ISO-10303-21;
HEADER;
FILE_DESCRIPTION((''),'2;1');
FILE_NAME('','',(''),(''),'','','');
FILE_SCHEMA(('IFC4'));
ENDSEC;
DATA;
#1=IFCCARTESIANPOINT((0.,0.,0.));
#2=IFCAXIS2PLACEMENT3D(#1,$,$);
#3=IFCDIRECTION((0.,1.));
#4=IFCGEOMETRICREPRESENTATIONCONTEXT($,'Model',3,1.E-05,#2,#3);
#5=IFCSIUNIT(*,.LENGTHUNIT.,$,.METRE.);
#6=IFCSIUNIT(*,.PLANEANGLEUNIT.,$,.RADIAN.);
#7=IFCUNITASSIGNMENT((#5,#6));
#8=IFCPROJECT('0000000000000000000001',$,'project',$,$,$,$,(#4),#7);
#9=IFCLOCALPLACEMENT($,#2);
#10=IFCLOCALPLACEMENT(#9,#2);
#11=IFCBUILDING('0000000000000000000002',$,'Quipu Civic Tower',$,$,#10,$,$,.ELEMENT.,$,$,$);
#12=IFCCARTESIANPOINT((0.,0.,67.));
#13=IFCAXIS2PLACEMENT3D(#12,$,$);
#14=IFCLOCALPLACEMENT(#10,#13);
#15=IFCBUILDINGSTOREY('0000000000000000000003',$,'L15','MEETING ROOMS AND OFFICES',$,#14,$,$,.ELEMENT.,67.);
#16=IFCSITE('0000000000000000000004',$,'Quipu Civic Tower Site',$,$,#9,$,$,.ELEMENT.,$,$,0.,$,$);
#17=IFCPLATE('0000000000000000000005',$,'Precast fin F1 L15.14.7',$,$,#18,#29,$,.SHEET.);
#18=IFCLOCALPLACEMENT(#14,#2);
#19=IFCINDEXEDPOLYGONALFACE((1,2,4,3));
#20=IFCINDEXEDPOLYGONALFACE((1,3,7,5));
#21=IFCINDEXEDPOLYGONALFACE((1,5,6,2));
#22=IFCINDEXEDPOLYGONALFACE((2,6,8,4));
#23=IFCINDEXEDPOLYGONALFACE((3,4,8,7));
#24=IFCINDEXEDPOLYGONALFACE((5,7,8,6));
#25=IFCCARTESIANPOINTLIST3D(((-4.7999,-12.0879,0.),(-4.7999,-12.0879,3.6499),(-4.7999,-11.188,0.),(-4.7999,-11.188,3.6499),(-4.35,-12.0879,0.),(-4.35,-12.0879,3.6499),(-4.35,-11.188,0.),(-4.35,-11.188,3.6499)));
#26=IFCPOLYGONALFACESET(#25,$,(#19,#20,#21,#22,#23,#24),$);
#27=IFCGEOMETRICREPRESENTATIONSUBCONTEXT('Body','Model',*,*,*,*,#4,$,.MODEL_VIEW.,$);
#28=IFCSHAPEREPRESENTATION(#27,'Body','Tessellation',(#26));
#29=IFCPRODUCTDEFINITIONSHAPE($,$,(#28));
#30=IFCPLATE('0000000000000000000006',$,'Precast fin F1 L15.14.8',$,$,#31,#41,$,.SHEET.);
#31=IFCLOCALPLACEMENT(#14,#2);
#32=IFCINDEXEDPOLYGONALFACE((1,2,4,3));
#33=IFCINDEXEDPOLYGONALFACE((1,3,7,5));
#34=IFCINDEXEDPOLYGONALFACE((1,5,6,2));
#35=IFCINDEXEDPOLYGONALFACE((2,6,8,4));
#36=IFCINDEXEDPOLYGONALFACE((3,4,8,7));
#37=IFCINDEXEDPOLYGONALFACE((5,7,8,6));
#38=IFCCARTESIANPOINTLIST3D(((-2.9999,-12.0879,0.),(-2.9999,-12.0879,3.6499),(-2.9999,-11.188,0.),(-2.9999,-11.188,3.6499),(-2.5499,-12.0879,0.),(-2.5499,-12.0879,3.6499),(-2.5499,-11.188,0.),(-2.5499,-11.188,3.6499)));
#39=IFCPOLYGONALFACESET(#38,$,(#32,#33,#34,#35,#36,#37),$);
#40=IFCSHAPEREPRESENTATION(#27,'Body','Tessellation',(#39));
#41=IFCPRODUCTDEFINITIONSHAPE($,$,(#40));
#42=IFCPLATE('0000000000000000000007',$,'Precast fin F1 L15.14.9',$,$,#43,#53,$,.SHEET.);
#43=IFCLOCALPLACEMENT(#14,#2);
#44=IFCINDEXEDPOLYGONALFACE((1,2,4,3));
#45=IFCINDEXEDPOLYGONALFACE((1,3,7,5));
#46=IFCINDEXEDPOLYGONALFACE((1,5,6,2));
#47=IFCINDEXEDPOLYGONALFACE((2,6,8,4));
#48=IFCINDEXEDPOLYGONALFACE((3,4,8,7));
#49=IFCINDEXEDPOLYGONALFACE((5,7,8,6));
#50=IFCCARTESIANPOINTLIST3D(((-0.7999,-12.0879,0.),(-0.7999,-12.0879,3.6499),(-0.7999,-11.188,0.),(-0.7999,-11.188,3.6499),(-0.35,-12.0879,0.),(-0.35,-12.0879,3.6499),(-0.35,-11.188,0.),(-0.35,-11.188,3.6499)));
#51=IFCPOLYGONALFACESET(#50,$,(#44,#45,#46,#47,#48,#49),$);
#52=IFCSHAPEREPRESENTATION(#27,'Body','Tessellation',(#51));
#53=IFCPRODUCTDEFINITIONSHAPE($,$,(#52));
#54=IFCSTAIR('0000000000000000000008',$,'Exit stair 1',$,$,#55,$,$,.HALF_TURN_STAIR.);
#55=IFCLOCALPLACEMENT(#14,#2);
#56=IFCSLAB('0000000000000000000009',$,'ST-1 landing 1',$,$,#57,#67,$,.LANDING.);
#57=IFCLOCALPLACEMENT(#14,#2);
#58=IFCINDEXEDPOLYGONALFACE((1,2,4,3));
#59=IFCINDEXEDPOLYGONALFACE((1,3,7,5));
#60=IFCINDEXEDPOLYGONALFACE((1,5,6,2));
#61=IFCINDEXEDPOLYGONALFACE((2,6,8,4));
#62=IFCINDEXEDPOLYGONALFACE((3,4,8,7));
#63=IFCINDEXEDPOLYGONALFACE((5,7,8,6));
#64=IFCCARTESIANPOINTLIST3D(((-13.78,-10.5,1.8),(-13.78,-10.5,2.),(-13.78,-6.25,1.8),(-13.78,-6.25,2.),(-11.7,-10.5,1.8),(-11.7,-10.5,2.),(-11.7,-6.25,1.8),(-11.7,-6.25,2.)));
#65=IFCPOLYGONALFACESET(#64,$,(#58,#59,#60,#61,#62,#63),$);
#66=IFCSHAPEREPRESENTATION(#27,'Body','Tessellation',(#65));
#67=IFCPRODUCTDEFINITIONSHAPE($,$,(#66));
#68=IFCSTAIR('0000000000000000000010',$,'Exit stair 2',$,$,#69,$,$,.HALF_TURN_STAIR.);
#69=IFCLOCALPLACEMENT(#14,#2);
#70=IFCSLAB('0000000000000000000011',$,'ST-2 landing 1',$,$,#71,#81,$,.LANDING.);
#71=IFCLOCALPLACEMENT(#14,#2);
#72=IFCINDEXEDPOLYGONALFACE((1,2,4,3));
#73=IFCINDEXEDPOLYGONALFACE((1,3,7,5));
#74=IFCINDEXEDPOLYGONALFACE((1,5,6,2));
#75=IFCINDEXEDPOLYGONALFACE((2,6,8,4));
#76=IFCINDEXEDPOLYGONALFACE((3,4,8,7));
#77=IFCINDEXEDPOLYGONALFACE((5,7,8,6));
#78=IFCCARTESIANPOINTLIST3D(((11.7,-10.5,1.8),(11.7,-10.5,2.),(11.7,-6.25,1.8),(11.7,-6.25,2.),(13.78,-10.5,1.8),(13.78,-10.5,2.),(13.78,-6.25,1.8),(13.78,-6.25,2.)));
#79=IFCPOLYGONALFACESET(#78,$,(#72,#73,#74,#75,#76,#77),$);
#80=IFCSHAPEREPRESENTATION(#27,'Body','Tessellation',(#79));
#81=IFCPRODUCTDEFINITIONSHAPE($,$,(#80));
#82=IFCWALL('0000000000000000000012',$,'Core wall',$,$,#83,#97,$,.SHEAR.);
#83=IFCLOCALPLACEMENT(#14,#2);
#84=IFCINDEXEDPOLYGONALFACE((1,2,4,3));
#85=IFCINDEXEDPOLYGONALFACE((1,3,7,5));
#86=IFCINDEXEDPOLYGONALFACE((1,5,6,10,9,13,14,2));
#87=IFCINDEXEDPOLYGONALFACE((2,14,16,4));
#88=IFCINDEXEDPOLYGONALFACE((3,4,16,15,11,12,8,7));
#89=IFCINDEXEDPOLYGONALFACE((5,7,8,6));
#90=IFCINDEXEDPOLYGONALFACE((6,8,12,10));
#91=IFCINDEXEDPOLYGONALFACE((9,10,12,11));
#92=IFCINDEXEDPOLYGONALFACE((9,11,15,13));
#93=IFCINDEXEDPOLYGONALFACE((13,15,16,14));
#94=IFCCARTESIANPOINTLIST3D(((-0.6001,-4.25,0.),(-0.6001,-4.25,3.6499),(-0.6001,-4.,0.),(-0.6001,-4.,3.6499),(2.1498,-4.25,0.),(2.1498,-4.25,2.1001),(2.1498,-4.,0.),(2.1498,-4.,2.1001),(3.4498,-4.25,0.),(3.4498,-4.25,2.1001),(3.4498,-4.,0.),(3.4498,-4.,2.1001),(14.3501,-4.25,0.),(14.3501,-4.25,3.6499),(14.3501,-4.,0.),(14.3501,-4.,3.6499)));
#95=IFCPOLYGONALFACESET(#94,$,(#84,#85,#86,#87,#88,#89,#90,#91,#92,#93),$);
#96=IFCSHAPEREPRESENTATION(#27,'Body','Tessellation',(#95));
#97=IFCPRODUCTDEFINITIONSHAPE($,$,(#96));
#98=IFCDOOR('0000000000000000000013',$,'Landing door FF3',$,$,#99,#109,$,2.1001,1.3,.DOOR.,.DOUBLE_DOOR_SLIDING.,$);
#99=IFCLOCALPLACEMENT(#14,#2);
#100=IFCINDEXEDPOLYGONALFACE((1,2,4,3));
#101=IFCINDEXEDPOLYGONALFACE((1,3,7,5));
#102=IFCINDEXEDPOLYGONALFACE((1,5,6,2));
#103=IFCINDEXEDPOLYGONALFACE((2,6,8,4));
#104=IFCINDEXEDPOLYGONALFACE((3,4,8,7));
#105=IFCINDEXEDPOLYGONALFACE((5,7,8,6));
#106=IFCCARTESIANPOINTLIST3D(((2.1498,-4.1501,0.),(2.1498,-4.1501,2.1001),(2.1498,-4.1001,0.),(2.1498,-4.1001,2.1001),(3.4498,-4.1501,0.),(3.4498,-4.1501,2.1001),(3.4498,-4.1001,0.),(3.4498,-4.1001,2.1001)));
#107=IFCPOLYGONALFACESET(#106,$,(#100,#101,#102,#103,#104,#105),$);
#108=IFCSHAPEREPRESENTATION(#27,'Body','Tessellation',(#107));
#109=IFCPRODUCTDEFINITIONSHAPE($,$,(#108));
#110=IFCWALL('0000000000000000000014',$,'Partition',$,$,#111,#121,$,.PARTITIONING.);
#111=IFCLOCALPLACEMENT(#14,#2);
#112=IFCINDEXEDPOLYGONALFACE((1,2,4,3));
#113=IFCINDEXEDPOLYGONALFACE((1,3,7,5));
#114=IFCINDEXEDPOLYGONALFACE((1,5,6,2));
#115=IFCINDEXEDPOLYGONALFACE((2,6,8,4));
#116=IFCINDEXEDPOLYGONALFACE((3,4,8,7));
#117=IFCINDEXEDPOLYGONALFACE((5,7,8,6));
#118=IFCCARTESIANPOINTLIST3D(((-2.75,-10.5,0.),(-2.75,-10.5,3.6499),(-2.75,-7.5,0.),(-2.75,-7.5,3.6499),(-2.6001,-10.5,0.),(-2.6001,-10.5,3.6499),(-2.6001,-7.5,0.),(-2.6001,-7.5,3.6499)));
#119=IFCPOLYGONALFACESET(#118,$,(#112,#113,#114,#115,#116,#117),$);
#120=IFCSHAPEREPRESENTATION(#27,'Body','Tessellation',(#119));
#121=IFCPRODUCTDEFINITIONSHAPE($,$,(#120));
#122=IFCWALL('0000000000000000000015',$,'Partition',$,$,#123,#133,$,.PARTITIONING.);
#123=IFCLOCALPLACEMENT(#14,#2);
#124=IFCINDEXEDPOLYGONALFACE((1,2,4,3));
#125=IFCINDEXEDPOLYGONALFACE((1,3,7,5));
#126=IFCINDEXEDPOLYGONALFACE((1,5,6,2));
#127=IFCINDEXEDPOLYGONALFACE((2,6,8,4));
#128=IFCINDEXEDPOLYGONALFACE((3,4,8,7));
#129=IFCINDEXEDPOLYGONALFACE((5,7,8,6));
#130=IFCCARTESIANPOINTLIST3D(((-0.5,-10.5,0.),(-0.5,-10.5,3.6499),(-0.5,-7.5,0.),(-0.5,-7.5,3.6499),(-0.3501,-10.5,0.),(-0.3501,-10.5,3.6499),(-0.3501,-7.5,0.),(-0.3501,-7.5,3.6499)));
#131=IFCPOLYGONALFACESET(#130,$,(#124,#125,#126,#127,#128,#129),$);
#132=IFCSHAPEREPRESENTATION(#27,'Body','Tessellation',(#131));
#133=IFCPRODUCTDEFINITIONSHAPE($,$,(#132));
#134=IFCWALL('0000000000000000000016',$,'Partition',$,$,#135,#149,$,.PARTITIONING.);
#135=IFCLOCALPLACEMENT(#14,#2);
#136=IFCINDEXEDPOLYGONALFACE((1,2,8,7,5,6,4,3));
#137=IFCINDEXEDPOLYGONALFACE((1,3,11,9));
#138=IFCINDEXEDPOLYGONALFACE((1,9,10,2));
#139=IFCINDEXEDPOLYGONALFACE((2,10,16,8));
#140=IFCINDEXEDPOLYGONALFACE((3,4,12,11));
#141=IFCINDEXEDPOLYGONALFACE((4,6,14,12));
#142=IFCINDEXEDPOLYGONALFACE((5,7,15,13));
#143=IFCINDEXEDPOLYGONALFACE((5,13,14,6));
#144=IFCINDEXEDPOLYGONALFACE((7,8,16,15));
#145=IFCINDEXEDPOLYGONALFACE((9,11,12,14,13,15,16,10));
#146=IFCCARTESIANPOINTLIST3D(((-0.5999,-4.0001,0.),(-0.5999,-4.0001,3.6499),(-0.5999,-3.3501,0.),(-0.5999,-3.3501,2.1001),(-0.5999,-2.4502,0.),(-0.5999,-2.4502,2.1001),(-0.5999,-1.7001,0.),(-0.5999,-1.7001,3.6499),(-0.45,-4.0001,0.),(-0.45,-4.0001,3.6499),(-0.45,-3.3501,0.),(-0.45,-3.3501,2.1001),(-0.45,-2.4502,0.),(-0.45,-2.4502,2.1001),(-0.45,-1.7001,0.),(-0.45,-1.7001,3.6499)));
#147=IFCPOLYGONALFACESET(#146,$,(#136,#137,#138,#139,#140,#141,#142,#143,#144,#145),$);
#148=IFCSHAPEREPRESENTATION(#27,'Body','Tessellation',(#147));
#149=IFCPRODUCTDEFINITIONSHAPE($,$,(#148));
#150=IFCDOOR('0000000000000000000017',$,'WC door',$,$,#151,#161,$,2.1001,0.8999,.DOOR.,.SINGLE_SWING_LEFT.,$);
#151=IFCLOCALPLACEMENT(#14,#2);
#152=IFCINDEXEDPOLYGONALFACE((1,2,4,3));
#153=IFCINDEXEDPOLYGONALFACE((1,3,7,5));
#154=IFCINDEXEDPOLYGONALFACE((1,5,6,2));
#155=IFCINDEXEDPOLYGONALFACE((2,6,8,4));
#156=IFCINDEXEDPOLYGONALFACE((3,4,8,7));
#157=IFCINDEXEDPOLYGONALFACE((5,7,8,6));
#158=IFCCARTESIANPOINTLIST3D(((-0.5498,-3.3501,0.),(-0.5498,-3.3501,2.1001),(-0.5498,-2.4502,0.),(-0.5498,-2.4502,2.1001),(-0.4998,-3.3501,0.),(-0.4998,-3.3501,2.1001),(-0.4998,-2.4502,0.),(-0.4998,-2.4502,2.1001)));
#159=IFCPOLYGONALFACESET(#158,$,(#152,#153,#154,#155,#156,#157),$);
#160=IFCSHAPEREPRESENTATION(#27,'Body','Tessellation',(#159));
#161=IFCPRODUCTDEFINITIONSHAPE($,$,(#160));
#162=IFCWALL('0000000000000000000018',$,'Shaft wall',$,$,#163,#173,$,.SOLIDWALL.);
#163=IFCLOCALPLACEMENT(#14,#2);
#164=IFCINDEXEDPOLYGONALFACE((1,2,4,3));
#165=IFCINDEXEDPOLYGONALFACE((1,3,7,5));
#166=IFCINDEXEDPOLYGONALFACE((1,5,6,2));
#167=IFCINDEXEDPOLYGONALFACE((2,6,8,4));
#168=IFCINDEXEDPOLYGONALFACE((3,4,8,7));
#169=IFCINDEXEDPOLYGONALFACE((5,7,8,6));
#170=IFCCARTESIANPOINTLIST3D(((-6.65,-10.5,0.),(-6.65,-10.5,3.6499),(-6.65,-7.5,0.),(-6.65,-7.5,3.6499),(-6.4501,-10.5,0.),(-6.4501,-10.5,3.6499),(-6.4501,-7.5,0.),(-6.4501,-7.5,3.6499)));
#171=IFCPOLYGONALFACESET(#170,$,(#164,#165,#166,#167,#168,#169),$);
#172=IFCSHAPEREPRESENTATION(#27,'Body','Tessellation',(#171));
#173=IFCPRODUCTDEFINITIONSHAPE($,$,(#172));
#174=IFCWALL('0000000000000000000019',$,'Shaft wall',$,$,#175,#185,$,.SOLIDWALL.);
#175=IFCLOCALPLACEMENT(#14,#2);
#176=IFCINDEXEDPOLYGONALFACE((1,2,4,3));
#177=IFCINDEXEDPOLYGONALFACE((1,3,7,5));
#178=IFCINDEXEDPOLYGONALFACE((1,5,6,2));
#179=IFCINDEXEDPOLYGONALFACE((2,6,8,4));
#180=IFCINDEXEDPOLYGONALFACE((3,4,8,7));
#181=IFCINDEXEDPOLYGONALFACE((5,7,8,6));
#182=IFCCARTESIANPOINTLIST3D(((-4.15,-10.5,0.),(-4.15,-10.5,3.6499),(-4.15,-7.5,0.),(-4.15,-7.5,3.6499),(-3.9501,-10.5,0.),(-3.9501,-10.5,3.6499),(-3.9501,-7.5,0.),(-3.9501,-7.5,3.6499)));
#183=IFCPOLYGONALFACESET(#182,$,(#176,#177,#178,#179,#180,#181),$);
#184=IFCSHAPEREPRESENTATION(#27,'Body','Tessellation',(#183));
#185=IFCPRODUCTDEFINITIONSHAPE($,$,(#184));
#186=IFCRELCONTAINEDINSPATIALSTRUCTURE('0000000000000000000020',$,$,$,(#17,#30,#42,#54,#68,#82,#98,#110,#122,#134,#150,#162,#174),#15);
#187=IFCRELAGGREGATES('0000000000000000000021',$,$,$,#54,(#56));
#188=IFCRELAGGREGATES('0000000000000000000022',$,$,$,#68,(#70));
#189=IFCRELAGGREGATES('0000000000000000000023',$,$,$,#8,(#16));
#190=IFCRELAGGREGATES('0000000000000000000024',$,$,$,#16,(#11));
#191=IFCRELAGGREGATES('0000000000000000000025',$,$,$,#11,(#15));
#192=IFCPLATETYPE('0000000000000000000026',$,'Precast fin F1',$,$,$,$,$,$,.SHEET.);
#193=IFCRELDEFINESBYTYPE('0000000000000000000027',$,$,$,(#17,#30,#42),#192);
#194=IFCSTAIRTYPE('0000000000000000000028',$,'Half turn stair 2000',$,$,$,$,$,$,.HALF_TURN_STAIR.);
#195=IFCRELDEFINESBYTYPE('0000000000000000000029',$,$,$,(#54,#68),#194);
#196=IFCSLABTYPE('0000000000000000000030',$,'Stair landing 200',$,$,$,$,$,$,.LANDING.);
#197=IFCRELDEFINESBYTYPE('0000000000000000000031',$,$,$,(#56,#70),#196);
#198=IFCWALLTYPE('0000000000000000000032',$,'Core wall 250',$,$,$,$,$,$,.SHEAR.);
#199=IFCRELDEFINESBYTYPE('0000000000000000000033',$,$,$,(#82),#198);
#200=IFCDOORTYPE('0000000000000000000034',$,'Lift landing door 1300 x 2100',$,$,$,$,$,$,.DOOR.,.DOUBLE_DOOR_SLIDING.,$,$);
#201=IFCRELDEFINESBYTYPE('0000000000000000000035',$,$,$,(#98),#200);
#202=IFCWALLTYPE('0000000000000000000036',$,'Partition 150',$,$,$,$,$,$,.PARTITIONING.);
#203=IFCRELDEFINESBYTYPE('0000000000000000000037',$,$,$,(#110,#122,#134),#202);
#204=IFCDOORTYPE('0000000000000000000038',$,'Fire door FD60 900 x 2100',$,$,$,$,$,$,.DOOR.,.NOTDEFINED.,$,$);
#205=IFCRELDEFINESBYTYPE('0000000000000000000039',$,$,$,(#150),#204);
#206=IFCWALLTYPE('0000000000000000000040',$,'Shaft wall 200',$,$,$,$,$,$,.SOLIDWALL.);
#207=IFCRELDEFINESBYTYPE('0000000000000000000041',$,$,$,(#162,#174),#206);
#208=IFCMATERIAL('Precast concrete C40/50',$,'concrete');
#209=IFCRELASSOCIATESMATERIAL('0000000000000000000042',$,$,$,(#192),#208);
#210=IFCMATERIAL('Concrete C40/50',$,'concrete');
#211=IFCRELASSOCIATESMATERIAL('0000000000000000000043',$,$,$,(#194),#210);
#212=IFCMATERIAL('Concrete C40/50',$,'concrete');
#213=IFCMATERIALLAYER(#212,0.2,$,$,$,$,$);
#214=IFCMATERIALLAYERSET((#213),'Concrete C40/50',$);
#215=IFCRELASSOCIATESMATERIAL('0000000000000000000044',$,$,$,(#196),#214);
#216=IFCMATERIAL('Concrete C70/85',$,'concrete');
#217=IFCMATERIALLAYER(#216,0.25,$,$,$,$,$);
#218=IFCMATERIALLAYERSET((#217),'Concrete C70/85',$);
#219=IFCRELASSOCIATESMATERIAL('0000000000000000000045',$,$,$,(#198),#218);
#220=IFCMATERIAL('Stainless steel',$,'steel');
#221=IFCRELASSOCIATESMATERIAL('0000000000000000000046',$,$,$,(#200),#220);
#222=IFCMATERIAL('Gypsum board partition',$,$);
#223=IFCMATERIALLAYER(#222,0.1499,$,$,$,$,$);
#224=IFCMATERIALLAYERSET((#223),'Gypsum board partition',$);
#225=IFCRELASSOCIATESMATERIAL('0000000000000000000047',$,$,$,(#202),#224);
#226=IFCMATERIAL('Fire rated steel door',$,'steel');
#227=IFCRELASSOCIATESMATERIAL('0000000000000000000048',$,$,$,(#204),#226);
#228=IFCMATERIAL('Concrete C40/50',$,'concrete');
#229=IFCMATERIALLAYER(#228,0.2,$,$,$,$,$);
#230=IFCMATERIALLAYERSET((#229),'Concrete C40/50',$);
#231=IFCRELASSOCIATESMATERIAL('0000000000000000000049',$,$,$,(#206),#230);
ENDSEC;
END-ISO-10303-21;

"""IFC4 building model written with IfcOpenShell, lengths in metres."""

from ifc_helpers import new_model, si_unit, direction, frame, frame_2d, origin, origin_2d, place, context, subcontext, project, spatial, polyline, rectangle, outline, extrude, material, layer, layer_set, type_object, element, fill, aggregate, save


model = new_model("IFC4")

# Units and contexts
model_context = context("Model", 3, precision=1e-05, world=origin(), true_north=direction((0.0, 1.0)))
body_context = subcontext(model_context, "Body", "Model", "MODEL_VIEW")
ifc_project = project(units=[si_unit("LENGTHUNIT", "METRE"), si_unit("PLANEANGLEUNIT", "RADIAN")], contexts=[model_context])

# Site, building, storey
site_placement = place(None, origin())
site = spatial("IfcSite", under=ifc_project, at=site_placement, Name="Quipu Civic Tower Site", CompositionType="ELEMENT", RefElevation=0.0)
building_placement = place(site_placement, origin())
building = spatial("IfcBuilding", under=site, at=building_placement, Name="Quipu Civic Tower", CompositionType="ELEMENT")
storey_placement = place(building_placement, frame((0.0, 0.0, 67.0)))
storey = spatial("IfcBuildingStorey", under=building, at=storey_placement, Name="L15", Description="MEETING ROOMS AND OFFICES", CompositionType="ELEMENT", Elevation=67.0)

# Plates
ifc_material_1 = material(Name="Precast concrete C40/50", Category="concrete")
plate_type = type_object("IfcPlateType", Name="Precast fin F1", PredefinedType="SHEET", material=ifc_material_1)
for number, where, z_axis, x_axis, name in (
    (1, (-4.575, -11.6379, 0.0), (0.0, 0.0, 1.0), (1.0, 0.0, 0.0), "Precast fin F1 L15.14.7"),
    (2, (-2.7749, -11.6379, 0.0), (0.0, 0.0, 1.0), (1.0, 0.0, 0.0), "Precast fin F1 L15.14.8"),
    (3, (-0.575, -11.6379, 0.0), (0.0, 0.0, 1.0), (1.0, 0.0, 0.0), "Precast fin F1 L15.14.9"),
):
    element("IfcPlate", number, at=place(storey_placement, frame(where, z_axis=z_axis, x_axis=x_axis)), inside=storey, type_object=plate_type, Name=name, PredefinedType="SHEET", context=body_context, shape_type="SweptSolid", body=[
        extrude(rectangle(XDim=0.45, YDim=0.8999, at=origin_2d()), origin(), (0.0, 0.0, 1.0), 3.6499),
    ])

# Stairs, slabs
ifc_material_2 = material(Name="Concrete C40/50", Category="concrete")
stair_type = type_object("IfcStairType", Name="Half turn stair 2000", PredefinedType="HALF_TURN_STAIR", material=ifc_material_2)
stair_1_placement = place(storey_placement, origin())
stair_1 = element("IfcStair", 4, at=stair_1_placement, inside=storey, type_object=stair_type, Name="Exit stair 1", PredefinedType="HALF_TURN_STAIR")
ifc_material_3 = material(Name="Concrete C40/50", Category="concrete")
ifc_layer_1 = layer(ifc_material_3, 0.2)
ifc_layer_set_1 = layer_set([ifc_layer_1], Name="Concrete C40/50")
slab_type_1 = type_object("IfcSlabType", Name="Stair landing 200", PredefinedType="LANDING", material=ifc_layer_set_1)
slab_1_placement = place(storey_placement, frame((0.0, 0.0, 1.8)))
slab_1 = element("IfcSlab", 5, at=slab_1_placement, type_object=slab_type_1, Name="ST-1 landing 1", PredefinedType="LANDING", context=body_context, shape_type="SweptSolid", body=[
    extrude(outline(polyline([(-13.78, -10.5), (-11.7, -10.5), (-11.7, -6.25), (-13.78, -6.25), (-13.78, -10.5)])), origin(), (0.0, 0.0, 1.0), 0.2),
])
aggregate(stair_1, [slab_1])
stair_2_placement = place(storey_placement, origin())
stair_2 = element("IfcStair", 6, at=stair_2_placement, inside=storey, type_object=stair_type, Name="Exit stair 2", PredefinedType="HALF_TURN_STAIR")
slab_2_placement = place(storey_placement, frame((0.0, 0.0, 1.8)))
slab_2 = element("IfcSlab", 7, at=slab_2_placement, type_object=slab_type_1, Name="ST-2 landing 1", PredefinedType="LANDING", context=body_context, shape_type="SweptSolid", body=[
    extrude(outline(polyline([(13.78, -6.25), (11.7, -6.25), (11.7, -10.5), (13.78, -10.5), (13.78, -6.25)])), origin(), (0.0, 0.0, 1.0), 0.2),
])
aggregate(stair_2, [slab_2])

# Wall, opening, door
ifc_material_4 = material(Name="Concrete C70/85", Category="concrete")
ifc_layer_2 = layer(ifc_material_4, 0.25)
ifc_layer_set_2 = layer_set([ifc_layer_2], Name="Concrete C70/85")
wall_type_1 = type_object("IfcWallType", Name="Core wall 250", PredefinedType="SHEAR", material=ifc_layer_set_2)
wall_1_placement = place(storey_placement, frame((-0.6001, -4.125, 0.0), z_axis=(0.0, 0.0, 1.0), x_axis=(1.0, 0.0, 0.0)))
wall_1 = element("IfcWall", 8, at=wall_1_placement, inside=storey, type_object=wall_type_1, Name="Core wall", PredefinedType="SHEAR", context=body_context, shape_type="SweptSolid", body=[
    extrude(rectangle(XDim=14.9502, YDim=0.25, at=frame_2d((7.4751, 0.0))), origin(), (0.0, 0.0, 1.0), 3.6499),
])
opening_1_placement = place(wall_1_placement, frame((2.75, 0.0, 0.0)))
opening_1 = element("IfcOpeningElement", 9, at=opening_1_placement, cuts=wall_1, PredefinedType="OPENING", context=body_context, shape_type="SweptSolid", body=[
    extrude(rectangle(XDim=1.3, YDim=2.1001, at=frame_2d((0.6499, 1.05))), frame((0.0, 0.135, 0.0), z_axis=(0.0, -1.0, 0.0), x_axis=(1.0, 0.0, 0.0)), (0.0, 0.0, 1.0), 0.27),
])
ifc_material_5 = material(Name="Stainless steel", Category="steel")
door_type_1 = type_object("IfcDoorType", Name="Lift landing door 1300 x 2100", OperationType="DOUBLE_DOOR_SLIDING", PredefinedType="DOOR", material=ifc_material_5)
door_1_placement = place(opening_1_placement, origin())
door_1 = element("IfcDoor", 10, at=door_1_placement, inside=storey, type_object=door_type_1, Name="Landing door FF3", OperationType="DOUBLE_DOOR_SLIDING", OverallHeight=2.1001, OverallWidth=1.3, PredefinedType="DOOR", context=body_context, shape_type="SweptSolid", body=[
    extrude(rectangle(XDim=1.3, YDim=2.1001, at=frame_2d((0.6499, 1.05))), frame((0.0, 0.0249, 0.0), z_axis=(0.0, -1.0, 0.0), x_axis=(1.0, 0.0, 0.0)), (0.0, 0.0, 1.0), 0.05),
])
fill(opening_1, door_1)

# Walls
ifc_material_6 = material(Name="Gypsum board partition")
ifc_layer_3 = layer(ifc_material_6, 0.1499)
ifc_layer_set_3 = layer_set([ifc_layer_3], Name="Gypsum board partition")
wall_type_2 = type_object("IfcWallType", Name="Partition 150", PredefinedType="PARTITIONING", material=ifc_layer_set_3)
for number, where, z_axis, x_axis, name in (
    (11, (-2.675, -10.5, 0.0), (0.0, 0.0, 1.0), (0.0, 1.0, 0.0), "Partition"),
    (12, (-0.425, -10.5, 0.0), (0.0, 0.0, 1.0), (0.0, 1.0, 0.0), "Partition"),
):
    element("IfcWall", number, at=place(storey_placement, frame(where, z_axis=z_axis, x_axis=x_axis)), inside=storey, type_object=wall_type_2, Name=name, PredefinedType="PARTITIONING", context=body_context, shape_type="SweptSolid", body=[
        extrude(rectangle(XDim=3.0, YDim=0.1499, at=frame_2d((1.5, 0.0))), origin(), (0.0, 0.0, 1.0), 3.6499),
    ])

# Wall, opening, door
wall_2_placement = place(storey_placement, frame((-0.5249, -4.0, 0.0), z_axis=(0.0, 0.0, 1.0), x_axis=(0.0, 1.0, 0.0)))
wall_2 = element("IfcWall", 13, at=wall_2_placement, inside=storey, type_object=wall_type_2, Name="Partition", PredefinedType="PARTITIONING", context=body_context, shape_type="SweptSolid", body=[
    extrude(rectangle(XDim=2.3, YDim=0.1499, at=frame_2d((1.1499, 0.0))), origin(), (0.0, 0.0, 1.0), 3.6499),
])
opening_2_placement = place(wall_2_placement, frame((0.6499, 0.0, 0.0)))
opening_2 = element("IfcOpeningElement", 14, at=opening_2_placement, cuts=wall_2, PredefinedType="OPENING", context=body_context, shape_type="SweptSolid", body=[
    extrude(rectangle(XDim=0.8999, YDim=2.1001, at=frame_2d((0.45, 1.05))), frame((0.0, 0.085, 0.0), z_axis=(0.0, -1.0, 0.0), x_axis=(1.0, 0.0, 0.0)), (0.0, 0.0, 1.0), 0.1699),
])
ifc_material_7 = material(Name="Fire rated steel door", Category="steel")
door_type_2 = type_object("IfcDoorType", Name="Fire door FD60 900 x 2100", OperationType="NOTDEFINED", PredefinedType="DOOR", material=ifc_material_7)
door_2_placement = place(opening_2_placement, origin())
door_2 = element("IfcDoor", 15, at=door_2_placement, inside=storey, type_object=door_type_2, Name="WC door", OperationType="SINGLE_SWING_LEFT", OverallHeight=2.1001, OverallWidth=0.8999, PredefinedType="DOOR", context=body_context, shape_type="SweptSolid", body=[
    extrude(rectangle(XDim=0.8999, YDim=2.1001, at=frame_2d((0.45, 1.05))), frame((0.0, 0.0249, 0.0), z_axis=(0.0, -1.0, 0.0), x_axis=(1.0, 0.0, 0.0)), (0.0, 0.0, 1.0), 0.05),
])
fill(opening_2, door_2)

# Walls
ifc_material_8 = material(Name="Concrete C40/50", Category="concrete")
ifc_layer_4 = layer(ifc_material_8, 0.2)
ifc_layer_set_4 = layer_set([ifc_layer_4], Name="Concrete C40/50")
wall_type_3 = type_object("IfcWallType", Name="Shaft wall 200", PredefinedType="SOLIDWALL", material=ifc_layer_set_4)
for number, where, z_axis, x_axis, name in (
    (16, (-6.55, -10.5, 0.0), (0.0, 0.0, 1.0), (0.0, 1.0, 0.0), "Shaft wall"),
    (17, (-4.05, -10.5, 0.0), (0.0, 0.0, 1.0), (0.0, 1.0, 0.0), "Shaft wall"),
):
    element("IfcWall", number, at=place(storey_placement, frame(where, z_axis=z_axis, x_axis=x_axis)), inside=storey, type_object=wall_type_3, Name=name, PredefinedType="SOLIDWALL", context=body_context, shape_type="SweptSolid", body=[
        extrude(rectangle(XDim=3.0, YDim=0.2, at=frame_2d((1.5, 0.0))), origin(), (0.0, 0.0, 1.0), 3.6499),
    ])

save(model, "model.ifc")
